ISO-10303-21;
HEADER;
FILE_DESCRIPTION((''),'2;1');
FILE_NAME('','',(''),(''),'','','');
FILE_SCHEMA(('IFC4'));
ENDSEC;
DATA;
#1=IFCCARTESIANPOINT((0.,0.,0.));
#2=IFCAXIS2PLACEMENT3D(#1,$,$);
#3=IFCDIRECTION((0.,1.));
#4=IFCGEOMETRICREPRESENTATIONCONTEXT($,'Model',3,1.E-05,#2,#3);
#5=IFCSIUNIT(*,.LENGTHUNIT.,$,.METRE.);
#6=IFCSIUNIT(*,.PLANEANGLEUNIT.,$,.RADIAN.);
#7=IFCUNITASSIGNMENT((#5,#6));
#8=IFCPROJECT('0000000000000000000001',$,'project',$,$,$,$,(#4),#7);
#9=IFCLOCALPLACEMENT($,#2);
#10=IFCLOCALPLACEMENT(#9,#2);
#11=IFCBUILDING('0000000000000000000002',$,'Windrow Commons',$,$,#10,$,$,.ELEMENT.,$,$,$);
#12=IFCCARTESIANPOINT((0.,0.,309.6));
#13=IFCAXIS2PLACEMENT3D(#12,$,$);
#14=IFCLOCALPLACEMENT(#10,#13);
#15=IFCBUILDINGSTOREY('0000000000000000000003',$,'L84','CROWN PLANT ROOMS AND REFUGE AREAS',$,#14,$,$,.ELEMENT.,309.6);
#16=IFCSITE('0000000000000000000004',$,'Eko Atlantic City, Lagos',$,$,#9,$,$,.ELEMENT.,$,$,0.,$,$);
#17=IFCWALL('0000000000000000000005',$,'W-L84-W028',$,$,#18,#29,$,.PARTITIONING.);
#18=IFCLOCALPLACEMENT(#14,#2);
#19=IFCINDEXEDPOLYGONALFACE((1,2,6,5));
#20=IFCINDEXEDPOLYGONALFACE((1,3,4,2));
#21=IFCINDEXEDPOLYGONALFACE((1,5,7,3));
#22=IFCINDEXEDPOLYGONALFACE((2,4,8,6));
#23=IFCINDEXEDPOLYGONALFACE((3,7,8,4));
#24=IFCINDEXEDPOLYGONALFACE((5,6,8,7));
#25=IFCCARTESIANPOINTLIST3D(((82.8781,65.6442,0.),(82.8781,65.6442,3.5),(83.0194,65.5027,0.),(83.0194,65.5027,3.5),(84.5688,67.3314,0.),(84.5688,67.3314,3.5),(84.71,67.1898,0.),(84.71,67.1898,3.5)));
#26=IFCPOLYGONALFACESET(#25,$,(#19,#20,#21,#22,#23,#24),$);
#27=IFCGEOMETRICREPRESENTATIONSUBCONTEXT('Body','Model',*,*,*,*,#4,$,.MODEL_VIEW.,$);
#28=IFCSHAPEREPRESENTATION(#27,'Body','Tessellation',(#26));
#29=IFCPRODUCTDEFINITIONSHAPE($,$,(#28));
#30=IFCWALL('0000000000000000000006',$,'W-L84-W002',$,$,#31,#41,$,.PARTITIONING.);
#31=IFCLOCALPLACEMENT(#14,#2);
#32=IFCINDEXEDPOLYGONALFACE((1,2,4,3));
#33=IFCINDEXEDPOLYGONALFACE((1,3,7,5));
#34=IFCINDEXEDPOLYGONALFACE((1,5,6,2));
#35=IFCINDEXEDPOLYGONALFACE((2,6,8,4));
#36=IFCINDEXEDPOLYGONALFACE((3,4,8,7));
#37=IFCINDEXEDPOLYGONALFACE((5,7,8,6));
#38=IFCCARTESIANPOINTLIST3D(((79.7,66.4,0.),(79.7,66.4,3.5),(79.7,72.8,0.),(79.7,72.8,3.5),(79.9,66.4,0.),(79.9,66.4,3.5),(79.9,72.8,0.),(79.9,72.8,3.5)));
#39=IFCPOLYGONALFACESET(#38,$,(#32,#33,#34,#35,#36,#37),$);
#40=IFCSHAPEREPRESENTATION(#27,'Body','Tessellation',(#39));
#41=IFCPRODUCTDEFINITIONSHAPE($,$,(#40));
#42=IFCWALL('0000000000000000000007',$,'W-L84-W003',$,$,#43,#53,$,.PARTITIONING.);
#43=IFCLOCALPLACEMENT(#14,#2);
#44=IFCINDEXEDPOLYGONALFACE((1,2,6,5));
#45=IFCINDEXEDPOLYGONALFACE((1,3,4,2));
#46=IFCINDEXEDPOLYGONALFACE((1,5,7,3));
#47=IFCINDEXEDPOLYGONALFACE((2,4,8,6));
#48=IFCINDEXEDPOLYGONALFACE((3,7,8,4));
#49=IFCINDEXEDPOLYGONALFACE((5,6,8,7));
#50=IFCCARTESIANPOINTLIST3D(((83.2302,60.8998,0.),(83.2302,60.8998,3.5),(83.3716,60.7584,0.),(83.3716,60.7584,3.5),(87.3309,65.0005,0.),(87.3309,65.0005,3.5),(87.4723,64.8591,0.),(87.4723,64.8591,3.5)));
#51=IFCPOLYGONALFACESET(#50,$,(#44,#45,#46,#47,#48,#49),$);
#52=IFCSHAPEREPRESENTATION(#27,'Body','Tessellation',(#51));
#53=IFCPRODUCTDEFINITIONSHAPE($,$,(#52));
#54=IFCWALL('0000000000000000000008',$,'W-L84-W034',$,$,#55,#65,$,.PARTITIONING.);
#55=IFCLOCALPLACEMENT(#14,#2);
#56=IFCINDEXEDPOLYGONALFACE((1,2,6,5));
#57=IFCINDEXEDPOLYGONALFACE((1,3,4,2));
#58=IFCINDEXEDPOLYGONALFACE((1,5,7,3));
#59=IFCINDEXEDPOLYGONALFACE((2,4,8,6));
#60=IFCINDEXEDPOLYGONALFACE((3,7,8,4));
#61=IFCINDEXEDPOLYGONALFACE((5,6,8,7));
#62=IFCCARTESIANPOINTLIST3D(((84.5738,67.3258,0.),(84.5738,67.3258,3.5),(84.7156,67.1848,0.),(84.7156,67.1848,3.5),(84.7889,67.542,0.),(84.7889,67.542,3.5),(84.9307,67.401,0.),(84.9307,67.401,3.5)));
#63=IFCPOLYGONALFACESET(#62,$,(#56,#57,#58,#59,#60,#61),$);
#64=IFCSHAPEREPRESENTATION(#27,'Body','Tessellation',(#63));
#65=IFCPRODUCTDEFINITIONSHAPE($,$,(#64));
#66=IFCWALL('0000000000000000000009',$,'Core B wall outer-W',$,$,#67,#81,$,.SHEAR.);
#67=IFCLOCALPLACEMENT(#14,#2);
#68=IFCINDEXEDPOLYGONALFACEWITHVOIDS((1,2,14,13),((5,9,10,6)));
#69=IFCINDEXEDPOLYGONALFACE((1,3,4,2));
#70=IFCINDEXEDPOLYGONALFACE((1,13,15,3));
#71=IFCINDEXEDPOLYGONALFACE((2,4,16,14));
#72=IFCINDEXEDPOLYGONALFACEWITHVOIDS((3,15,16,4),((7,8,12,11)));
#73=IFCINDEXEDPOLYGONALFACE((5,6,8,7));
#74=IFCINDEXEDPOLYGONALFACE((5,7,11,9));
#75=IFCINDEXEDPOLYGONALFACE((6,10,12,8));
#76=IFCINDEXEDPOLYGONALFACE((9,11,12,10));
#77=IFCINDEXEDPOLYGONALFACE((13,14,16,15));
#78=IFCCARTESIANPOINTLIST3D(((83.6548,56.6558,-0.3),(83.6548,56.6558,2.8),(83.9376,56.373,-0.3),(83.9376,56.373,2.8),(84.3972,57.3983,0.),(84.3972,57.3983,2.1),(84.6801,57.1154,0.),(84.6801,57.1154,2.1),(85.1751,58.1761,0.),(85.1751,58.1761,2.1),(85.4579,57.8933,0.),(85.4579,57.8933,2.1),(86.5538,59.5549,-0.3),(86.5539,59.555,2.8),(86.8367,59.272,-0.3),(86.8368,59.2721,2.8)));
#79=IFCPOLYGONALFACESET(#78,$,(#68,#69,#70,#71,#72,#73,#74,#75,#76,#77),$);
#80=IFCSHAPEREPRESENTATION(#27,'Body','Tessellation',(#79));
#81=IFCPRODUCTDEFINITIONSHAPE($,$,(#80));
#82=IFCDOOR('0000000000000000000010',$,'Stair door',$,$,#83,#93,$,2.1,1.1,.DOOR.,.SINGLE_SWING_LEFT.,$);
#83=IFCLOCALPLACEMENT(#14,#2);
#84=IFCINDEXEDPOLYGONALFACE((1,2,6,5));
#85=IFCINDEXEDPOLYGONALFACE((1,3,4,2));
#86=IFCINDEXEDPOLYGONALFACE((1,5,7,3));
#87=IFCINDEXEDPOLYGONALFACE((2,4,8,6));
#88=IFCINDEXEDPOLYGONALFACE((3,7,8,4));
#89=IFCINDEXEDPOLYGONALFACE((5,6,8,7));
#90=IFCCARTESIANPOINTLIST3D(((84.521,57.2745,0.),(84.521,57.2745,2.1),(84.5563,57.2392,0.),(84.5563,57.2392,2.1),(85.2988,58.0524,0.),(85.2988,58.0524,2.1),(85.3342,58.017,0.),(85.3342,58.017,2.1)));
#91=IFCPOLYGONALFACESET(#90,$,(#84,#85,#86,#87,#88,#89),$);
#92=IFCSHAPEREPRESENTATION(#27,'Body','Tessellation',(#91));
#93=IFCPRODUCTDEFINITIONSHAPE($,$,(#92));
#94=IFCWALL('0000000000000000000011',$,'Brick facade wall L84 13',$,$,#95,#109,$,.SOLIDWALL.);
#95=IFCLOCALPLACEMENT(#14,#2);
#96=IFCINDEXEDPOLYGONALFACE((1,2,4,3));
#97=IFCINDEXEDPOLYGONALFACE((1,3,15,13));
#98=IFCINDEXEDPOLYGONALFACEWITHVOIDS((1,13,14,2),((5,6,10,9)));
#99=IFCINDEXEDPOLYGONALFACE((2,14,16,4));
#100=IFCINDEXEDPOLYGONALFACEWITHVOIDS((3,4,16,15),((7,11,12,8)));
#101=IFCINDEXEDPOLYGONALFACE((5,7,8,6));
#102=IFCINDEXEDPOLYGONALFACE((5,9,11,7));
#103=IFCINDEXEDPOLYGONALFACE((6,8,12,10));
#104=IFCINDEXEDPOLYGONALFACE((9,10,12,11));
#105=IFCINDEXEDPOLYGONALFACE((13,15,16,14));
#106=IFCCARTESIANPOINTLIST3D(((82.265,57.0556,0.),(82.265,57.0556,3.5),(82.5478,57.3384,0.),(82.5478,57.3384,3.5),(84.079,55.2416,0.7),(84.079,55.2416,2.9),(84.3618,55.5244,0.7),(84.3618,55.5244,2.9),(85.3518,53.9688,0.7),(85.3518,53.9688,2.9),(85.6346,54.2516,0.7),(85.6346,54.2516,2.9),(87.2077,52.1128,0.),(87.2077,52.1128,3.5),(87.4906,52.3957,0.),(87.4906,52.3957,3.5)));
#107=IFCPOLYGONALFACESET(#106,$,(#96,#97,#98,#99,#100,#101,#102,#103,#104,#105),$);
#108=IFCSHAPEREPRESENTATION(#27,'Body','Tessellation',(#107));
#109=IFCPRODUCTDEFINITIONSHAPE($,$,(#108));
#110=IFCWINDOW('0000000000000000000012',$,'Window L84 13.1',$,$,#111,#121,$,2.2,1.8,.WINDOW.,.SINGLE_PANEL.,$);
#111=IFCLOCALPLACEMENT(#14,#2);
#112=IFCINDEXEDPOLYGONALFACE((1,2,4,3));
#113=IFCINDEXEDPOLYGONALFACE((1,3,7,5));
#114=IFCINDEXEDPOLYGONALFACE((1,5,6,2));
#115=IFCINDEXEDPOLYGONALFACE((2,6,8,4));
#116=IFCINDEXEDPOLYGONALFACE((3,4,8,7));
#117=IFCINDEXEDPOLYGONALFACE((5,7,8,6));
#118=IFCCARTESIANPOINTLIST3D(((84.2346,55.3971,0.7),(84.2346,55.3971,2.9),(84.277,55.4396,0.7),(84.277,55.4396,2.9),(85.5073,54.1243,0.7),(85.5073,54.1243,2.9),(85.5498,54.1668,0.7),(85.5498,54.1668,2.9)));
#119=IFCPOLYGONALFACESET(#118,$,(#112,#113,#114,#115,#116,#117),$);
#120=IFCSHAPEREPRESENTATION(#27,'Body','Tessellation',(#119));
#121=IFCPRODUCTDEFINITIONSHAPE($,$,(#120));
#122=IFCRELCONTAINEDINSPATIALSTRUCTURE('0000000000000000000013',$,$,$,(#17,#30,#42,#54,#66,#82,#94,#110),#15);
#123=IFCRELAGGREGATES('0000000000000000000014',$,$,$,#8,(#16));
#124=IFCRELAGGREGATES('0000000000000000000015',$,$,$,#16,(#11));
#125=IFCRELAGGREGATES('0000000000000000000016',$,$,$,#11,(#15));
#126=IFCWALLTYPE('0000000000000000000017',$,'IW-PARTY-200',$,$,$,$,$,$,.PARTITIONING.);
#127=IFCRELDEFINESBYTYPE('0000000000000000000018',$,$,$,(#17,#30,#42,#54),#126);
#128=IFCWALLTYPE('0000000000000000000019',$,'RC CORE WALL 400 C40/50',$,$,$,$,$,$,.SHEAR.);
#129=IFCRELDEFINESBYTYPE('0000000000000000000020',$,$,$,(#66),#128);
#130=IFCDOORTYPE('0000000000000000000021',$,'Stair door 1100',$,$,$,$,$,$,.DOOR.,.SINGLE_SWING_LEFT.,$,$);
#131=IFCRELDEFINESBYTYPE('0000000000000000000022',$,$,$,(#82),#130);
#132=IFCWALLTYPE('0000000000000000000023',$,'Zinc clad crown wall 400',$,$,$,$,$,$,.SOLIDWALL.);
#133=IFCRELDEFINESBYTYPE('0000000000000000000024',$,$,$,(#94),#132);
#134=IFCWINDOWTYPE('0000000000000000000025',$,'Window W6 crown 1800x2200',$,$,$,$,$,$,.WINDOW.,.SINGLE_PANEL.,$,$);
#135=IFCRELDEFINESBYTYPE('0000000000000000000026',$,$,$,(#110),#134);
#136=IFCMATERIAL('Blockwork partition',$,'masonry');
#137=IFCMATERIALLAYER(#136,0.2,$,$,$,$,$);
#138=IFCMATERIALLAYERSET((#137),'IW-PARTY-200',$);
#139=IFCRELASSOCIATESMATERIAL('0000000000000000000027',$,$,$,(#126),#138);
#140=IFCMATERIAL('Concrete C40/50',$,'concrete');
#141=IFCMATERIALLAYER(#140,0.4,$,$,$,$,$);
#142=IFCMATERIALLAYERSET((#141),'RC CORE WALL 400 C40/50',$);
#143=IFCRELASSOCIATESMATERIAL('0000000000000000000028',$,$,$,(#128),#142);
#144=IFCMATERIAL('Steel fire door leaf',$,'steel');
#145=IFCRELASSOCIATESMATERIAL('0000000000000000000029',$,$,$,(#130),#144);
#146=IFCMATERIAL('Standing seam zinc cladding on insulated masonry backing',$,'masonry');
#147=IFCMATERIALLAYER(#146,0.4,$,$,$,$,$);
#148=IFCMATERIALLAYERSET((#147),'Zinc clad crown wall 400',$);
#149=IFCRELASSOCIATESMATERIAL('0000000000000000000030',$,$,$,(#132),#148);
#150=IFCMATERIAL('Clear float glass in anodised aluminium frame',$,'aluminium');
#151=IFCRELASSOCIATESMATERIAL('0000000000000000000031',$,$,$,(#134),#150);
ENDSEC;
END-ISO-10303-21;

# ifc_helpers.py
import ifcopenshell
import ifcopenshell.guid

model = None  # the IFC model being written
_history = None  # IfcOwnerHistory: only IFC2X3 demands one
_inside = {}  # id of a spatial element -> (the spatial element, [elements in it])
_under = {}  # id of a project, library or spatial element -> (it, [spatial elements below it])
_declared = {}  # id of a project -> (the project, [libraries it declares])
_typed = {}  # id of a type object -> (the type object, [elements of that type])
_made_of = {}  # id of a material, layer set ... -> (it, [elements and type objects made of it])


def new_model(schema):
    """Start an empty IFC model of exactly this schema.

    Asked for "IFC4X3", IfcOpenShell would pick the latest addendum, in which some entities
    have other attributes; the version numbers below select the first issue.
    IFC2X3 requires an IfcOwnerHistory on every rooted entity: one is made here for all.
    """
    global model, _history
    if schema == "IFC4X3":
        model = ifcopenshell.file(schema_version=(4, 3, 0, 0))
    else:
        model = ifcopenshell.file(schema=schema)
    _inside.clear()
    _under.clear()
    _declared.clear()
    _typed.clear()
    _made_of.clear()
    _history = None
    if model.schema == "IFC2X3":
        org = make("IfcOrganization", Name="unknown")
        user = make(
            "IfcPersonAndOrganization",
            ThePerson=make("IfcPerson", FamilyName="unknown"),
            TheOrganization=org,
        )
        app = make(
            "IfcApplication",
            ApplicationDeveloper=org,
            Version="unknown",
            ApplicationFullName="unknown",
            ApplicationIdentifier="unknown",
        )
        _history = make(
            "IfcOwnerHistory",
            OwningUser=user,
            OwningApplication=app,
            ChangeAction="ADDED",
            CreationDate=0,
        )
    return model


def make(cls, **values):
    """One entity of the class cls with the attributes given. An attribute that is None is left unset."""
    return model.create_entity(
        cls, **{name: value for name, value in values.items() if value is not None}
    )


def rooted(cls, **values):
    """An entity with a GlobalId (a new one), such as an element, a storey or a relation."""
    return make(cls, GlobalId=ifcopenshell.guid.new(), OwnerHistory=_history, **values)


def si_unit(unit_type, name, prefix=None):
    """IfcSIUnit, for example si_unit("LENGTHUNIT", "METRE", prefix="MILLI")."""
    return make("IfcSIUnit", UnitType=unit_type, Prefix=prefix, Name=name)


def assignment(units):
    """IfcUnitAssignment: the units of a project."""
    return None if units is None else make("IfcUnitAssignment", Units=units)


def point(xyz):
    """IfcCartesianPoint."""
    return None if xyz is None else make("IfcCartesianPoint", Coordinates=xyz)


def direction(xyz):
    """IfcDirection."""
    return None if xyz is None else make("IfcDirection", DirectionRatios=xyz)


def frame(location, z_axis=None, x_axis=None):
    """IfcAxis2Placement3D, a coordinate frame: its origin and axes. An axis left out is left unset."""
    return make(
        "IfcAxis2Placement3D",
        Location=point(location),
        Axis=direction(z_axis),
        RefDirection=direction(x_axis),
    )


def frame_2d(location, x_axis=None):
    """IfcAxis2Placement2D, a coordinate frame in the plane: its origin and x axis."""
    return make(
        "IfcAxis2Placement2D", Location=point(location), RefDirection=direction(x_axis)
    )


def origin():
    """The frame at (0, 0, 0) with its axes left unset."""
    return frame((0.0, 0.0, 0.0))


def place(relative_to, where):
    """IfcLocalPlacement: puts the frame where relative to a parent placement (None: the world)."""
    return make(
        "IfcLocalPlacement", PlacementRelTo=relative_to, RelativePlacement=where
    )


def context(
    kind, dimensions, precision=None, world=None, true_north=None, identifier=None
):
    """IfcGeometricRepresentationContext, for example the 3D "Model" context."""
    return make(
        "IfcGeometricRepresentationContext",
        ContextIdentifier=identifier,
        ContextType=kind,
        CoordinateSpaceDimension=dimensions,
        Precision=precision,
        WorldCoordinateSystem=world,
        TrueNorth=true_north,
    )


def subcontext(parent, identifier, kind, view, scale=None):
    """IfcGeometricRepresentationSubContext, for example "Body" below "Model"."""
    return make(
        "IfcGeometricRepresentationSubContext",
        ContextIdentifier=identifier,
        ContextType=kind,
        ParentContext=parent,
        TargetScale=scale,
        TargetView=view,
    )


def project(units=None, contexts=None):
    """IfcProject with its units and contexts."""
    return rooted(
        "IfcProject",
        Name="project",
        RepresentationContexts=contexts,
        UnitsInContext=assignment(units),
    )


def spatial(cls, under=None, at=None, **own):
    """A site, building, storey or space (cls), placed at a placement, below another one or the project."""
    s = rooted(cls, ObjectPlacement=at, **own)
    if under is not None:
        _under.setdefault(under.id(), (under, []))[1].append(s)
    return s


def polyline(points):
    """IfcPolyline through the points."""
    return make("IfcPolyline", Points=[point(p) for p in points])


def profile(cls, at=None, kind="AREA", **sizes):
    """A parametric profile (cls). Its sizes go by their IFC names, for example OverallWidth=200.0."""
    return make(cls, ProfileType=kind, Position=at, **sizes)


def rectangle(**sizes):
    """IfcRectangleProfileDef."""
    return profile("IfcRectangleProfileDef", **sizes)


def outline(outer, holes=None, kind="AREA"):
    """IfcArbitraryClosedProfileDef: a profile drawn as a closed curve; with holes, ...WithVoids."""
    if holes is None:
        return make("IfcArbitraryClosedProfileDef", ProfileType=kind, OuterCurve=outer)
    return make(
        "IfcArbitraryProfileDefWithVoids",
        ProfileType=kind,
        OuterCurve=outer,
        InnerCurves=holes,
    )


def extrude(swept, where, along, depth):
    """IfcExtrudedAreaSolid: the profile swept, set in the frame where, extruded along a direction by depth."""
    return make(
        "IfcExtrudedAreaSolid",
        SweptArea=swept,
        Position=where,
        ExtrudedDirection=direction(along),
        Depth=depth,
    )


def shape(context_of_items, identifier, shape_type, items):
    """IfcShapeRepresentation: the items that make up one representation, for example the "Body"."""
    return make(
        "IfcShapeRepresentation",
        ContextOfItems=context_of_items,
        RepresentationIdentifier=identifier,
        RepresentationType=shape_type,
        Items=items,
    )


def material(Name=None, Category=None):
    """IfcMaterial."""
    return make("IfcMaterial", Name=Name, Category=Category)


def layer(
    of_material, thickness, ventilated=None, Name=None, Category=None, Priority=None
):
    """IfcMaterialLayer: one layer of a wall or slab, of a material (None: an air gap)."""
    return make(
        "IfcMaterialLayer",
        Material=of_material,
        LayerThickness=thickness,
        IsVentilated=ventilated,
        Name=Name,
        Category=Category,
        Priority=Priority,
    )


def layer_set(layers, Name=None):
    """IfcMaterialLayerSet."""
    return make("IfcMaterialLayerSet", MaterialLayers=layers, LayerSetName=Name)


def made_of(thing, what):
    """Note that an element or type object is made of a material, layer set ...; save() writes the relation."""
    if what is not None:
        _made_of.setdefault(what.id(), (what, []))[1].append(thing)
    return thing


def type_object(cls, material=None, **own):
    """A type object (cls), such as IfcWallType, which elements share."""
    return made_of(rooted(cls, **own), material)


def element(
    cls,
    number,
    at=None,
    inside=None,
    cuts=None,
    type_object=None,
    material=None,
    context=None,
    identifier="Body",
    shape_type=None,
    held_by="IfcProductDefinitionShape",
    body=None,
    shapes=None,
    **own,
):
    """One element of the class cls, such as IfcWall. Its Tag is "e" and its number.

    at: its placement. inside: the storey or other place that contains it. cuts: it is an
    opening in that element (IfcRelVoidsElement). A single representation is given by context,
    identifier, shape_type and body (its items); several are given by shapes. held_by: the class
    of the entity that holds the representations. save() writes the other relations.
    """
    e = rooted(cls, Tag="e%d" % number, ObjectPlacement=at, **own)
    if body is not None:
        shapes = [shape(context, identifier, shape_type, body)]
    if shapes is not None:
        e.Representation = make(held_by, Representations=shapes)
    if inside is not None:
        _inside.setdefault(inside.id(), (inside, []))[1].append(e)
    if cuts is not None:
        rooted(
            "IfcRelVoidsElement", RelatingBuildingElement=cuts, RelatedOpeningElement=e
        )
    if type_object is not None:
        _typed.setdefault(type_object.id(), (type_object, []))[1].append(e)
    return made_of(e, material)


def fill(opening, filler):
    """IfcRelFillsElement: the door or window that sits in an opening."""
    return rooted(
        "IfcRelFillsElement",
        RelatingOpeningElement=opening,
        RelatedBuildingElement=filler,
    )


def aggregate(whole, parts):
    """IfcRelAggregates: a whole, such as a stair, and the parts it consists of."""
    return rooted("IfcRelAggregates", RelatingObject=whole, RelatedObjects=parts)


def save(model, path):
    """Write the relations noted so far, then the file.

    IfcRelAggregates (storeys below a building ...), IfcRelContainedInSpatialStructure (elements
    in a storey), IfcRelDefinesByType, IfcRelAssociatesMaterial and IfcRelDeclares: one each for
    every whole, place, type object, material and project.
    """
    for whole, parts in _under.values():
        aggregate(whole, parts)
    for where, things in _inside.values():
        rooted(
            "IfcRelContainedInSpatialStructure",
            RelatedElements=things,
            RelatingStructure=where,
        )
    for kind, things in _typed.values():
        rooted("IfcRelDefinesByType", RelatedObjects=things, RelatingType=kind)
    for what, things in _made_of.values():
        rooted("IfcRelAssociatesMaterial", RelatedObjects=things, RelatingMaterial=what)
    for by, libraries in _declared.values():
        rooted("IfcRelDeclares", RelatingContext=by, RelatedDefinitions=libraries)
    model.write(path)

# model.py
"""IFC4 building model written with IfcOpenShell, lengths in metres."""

from ifc_helpers import new_model, si_unit, direction, frame, frame_2d, origin, place, context, subcontext, project, spatial, polyline, rectangle, outline, extrude, material, layer, layer_set, type_object, element, fill, save


model = new_model("IFC4")

# Units and contexts
model_context = context("Model", 3, precision=1e-05, world=origin(), true_north=direction((0.0, 1.0)))
body_context = subcontext(model_context, "Body", "Model", "MODEL_VIEW")
ifc_project = project(units=[si_unit("LENGTHUNIT", "METRE"), si_unit("PLANEANGLEUNIT", "RADIAN")], contexts=[model_context])

# Site, building, storey
site_placement = place(None, origin())
site = spatial("IfcSite", under=ifc_project, at=site_placement, Name="Eko Atlantic City, Lagos", CompositionType="ELEMENT", RefElevation=0.0)
building_placement = place(site_placement, origin())
building = spatial("IfcBuilding", under=site, at=building_placement, Name="Windrow Commons", CompositionType="ELEMENT")
storey_placement = place(building_placement, frame((0.0, 0.0, 309.6)))
storey = spatial("IfcBuildingStorey", under=building, at=storey_placement, Name="L84", Description="CROWN PLANT ROOMS AND REFUGE AREAS", CompositionType="ELEMENT", Elevation=309.6)

# Walls
ifc_material_1 = material(Name="Blockwork partition", Category="masonry")
ifc_layer_1 = layer(ifc_material_1, 0.2)
ifc_layer_set_1 = layer_set([ifc_layer_1], Name="IW-PARTY-200")
wall_type_1 = type_object("IfcWallType", Name="IW-PARTY-200", PredefinedType="PARTITIONING", material=ifc_layer_set_1)
wall_1_placement = place(storey_placement, frame((82.9487, 65.5734, 0.0), z_axis=(0.0, 0.0, 1.0), x_axis=(0.707839, 0.706374, 0.0)))
element("IfcWall", 1, at=wall_1_placement, inside=storey, type_object=wall_type_1, Name="W-L84-W028", PredefinedType="PARTITIONING", context=body_context, shape_type="SweptSolid", body=[
    extrude(rectangle(XDim=2.3885, YDim=0.2, at=frame_2d((1.1943, 0.0))), origin(), (0.0, 0.0, 1.0), 3.5),
])
wall_2_placement = place(storey_placement, frame((79.8, 66.4, 0.0), z_axis=(0.0, 0.0, 1.0), x_axis=(0.0, 1.0, 0.0)))
element("IfcWall", 2, at=wall_2_placement, inside=storey, type_object=wall_type_1, Name="W-L84-W002", PredefinedType="PARTITIONING", context=body_context, shape_type="SweptSolid", body=[
    extrude(outline(polyline([(0.0, -0.1), (6.4, -0.1), (6.4, 0.1), (0.0, 0.1), (0.0, -0.1)])), origin(), (0.0, 0.0, 1.0), 3.5),
])
wall_3_placement = place(storey_placement, frame((83.3009, 60.8291, 0.0), z_axis=(0.0, 0.0, 1.0), x_axis=(0.707107, 0.707107, 0.0)))
element("IfcWall", 3, at=wall_3_placement, inside=storey, type_object=wall_type_1, Name="W-L84-W003", PredefinedType="PARTITIONING", context=body_context, shape_type="SweptSolid", body=[
    extrude(outline(polyline([(0.0, -0.1), (5.7993, -0.1), (5.7993, 0.1), (0.0, 0.1), (0.0, -0.1)])), origin(), (0.0, 0.0, 1.0), 3.5),
])
wall_4_placement = place(storey_placement, frame((84.6447, 67.2553, 0.0), z_axis=(0.0, 0.0, 1.0), x_axis=(0.705302, 0.708907, 0.0)))
element("IfcWall", 4, at=wall_4_placement, inside=storey, type_object=wall_type_1, Name="W-L84-W034", PredefinedType="PARTITIONING", context=body_context, shape_type="SweptSolid", body=[
    extrude(outline(polyline([(0.0, -0.1), (0.305, -0.1), (0.305, 0.1), (0.0, 0.1), (0.0, -0.1)])), origin(), (0.0, 0.0, 1.0), 3.5),
])

# Wall, opening, door
ifc_material_2 = material(Name="Concrete C40/50", Category="concrete")
ifc_layer_2 = layer(ifc_material_2, 0.4)
ifc_layer_set_2 = layer_set([ifc_layer_2], Name="RC CORE WALL 400 C40/50")
wall_type_2 = type_object("IfcWallType", Name="RC CORE WALL 400 C40/50", PredefinedType="SHEAR", material=ifc_layer_set_2)
wall_5_placement = place(storey_placement, frame((83.7962, 56.5144, -0.3), z_axis=(0.0, 0.0, 1.0), x_axis=(0.707107, 0.707107, 0.0)))
wall_5 = element("IfcWall", 5, at=wall_5_placement, inside=storey, type_object=wall_type_2, Name="Core B wall outer-W", PredefinedType="SHEAR", context=body_context, shape_type="SweptSolid", body=[
    extrude(outline(polyline([(0.0, 0.0), (4.0999, 0.0), (4.1, 3.1), (0.0, 3.1), (0.0, 0.0)])), frame((0.0, 0.2, 0.0), z_axis=(0.0, -1.0, 0.0), x_axis=(1.0, 0.0, 0.0)), (0.0, 0.0, 1.0), 0.4),
])
opening_1_placement = place(wall_5_placement, frame((1.05, 0.0, 0.3)))
opening_1 = element("IfcOpeningElement", 6, at=opening_1_placement, cuts=wall_5, PredefinedType="OPENING", context=body_context, shape_type="SweptSolid", body=[
    extrude(rectangle(XDim=1.1, YDim=2.1, at=frame_2d((0.55, 1.05))), frame((0.0, 0.21, 0.0), z_axis=(0.0, -1.0, 0.0), x_axis=(1.0, 0.0, 0.0)), (0.0, 0.0, 1.0), 0.42),
])
ifc_material_3 = material(Name="Steel fire door leaf", Category="steel")
door_type_1 = type_object("IfcDoorType", Name="Stair door 1100", OperationType="SINGLE_SWING_LEFT", PredefinedType="DOOR", material=ifc_material_3)
door_1_placement = place(opening_1_placement, origin())
door_1 = element("IfcDoor", 7, at=door_1_placement, inside=storey, type_object=door_type_1, Name="Stair door", OperationType="SINGLE_SWING_LEFT", OverallHeight=2.1, OverallWidth=1.1, PredefinedType="DOOR", context=body_context, shape_type="SweptSolid", body=[
    extrude(rectangle(XDim=1.1, YDim=2.1, at=frame_2d((0.55, 1.05))), frame((0.0, 0.025, 0.0), z_axis=(0.0, -1.0, 0.0), x_axis=(1.0, 0.0, 0.0)), (0.0, 0.0, 1.0), 0.05),
])
fill(opening_1, door_1)

# Wall, opening, window
ifc_material_4 = material(Name="Standing seam zinc cladding on insulated masonry backing", Category="masonry")
ifc_layer_3 = layer(ifc_material_4, 0.4)
ifc_layer_set_3 = layer_set([ifc_layer_3], Name="Zinc clad crown wall 400")
wall_type_3 = type_object("IfcWallType", Name="Zinc clad crown wall 400", PredefinedType="SOLIDWALL", material=ifc_layer_set_3)
wall_6_placement = place(storey_placement, frame((82.4064, 57.197, 0.0), z_axis=(0.0, 0.0, 1.0), x_axis=(0.707107, -0.707107, 0.0)))
wall_6 = element("IfcWall", 8, at=wall_6_placement, inside=storey, type_object=wall_type_3, Name="Brick facade wall L84 13", PredefinedType="SOLIDWALL", context=body_context, shape_type="SweptSolid", body=[
    extrude(outline(polyline([(0.0, -0.2), (6.9901, -0.2), (6.9901, 0.2), (0.0, 0.2), (0.0, -0.2)])), origin(), (0.0, 0.0, 1.0), 3.5),
])
opening_2_placement = place(wall_6_placement, frame((2.5654, 0.0, 0.7)))
opening_2 = element("IfcOpeningElement", 9, at=opening_2_placement, cuts=wall_6, PredefinedType="OPENING", context=body_context, shape_type="SweptSolid", body=[
    extrude(rectangle(XDim=1.8, YDim=2.2, at=frame_2d((0.9, 1.1))), frame((0.0, 0.21, 0.0), z_axis=(0.0, -1.0, 0.0), x_axis=(1.0, 0.0, 0.0)), (0.0, 0.0, 1.0), 0.42),
])
ifc_material_5 = material(Name="Clear float glass in anodised aluminium frame", Category="aluminium")
window_type = type_object("IfcWindowType", Name="Window W6 crown 1800x2200", PartitioningType="SINGLE_PANEL", PredefinedType="WINDOW", material=ifc_material_5)
window_placement = place(opening_2_placement, origin())
window = element("IfcWindow", 10, at=window_placement, inside=storey, type_object=window_type, Name="Window L84 13.1", OverallHeight=2.2, OverallWidth=1.8, PartitioningType="SINGLE_PANEL", PredefinedType="WINDOW", context=body_context, shape_type="SweptSolid", body=[
    extrude(rectangle(XDim=1.8, YDim=2.2, at=frame_2d((0.9, 1.1))), frame((0.0, 0.08, 0.0), z_axis=(0.0, -1.0, 0.0), x_axis=(1.0, 0.0, 0.0)), (0.0, 0.0, 1.0), 0.06),
])
fill(opening_2, window)

save(model, "model.ifc")
